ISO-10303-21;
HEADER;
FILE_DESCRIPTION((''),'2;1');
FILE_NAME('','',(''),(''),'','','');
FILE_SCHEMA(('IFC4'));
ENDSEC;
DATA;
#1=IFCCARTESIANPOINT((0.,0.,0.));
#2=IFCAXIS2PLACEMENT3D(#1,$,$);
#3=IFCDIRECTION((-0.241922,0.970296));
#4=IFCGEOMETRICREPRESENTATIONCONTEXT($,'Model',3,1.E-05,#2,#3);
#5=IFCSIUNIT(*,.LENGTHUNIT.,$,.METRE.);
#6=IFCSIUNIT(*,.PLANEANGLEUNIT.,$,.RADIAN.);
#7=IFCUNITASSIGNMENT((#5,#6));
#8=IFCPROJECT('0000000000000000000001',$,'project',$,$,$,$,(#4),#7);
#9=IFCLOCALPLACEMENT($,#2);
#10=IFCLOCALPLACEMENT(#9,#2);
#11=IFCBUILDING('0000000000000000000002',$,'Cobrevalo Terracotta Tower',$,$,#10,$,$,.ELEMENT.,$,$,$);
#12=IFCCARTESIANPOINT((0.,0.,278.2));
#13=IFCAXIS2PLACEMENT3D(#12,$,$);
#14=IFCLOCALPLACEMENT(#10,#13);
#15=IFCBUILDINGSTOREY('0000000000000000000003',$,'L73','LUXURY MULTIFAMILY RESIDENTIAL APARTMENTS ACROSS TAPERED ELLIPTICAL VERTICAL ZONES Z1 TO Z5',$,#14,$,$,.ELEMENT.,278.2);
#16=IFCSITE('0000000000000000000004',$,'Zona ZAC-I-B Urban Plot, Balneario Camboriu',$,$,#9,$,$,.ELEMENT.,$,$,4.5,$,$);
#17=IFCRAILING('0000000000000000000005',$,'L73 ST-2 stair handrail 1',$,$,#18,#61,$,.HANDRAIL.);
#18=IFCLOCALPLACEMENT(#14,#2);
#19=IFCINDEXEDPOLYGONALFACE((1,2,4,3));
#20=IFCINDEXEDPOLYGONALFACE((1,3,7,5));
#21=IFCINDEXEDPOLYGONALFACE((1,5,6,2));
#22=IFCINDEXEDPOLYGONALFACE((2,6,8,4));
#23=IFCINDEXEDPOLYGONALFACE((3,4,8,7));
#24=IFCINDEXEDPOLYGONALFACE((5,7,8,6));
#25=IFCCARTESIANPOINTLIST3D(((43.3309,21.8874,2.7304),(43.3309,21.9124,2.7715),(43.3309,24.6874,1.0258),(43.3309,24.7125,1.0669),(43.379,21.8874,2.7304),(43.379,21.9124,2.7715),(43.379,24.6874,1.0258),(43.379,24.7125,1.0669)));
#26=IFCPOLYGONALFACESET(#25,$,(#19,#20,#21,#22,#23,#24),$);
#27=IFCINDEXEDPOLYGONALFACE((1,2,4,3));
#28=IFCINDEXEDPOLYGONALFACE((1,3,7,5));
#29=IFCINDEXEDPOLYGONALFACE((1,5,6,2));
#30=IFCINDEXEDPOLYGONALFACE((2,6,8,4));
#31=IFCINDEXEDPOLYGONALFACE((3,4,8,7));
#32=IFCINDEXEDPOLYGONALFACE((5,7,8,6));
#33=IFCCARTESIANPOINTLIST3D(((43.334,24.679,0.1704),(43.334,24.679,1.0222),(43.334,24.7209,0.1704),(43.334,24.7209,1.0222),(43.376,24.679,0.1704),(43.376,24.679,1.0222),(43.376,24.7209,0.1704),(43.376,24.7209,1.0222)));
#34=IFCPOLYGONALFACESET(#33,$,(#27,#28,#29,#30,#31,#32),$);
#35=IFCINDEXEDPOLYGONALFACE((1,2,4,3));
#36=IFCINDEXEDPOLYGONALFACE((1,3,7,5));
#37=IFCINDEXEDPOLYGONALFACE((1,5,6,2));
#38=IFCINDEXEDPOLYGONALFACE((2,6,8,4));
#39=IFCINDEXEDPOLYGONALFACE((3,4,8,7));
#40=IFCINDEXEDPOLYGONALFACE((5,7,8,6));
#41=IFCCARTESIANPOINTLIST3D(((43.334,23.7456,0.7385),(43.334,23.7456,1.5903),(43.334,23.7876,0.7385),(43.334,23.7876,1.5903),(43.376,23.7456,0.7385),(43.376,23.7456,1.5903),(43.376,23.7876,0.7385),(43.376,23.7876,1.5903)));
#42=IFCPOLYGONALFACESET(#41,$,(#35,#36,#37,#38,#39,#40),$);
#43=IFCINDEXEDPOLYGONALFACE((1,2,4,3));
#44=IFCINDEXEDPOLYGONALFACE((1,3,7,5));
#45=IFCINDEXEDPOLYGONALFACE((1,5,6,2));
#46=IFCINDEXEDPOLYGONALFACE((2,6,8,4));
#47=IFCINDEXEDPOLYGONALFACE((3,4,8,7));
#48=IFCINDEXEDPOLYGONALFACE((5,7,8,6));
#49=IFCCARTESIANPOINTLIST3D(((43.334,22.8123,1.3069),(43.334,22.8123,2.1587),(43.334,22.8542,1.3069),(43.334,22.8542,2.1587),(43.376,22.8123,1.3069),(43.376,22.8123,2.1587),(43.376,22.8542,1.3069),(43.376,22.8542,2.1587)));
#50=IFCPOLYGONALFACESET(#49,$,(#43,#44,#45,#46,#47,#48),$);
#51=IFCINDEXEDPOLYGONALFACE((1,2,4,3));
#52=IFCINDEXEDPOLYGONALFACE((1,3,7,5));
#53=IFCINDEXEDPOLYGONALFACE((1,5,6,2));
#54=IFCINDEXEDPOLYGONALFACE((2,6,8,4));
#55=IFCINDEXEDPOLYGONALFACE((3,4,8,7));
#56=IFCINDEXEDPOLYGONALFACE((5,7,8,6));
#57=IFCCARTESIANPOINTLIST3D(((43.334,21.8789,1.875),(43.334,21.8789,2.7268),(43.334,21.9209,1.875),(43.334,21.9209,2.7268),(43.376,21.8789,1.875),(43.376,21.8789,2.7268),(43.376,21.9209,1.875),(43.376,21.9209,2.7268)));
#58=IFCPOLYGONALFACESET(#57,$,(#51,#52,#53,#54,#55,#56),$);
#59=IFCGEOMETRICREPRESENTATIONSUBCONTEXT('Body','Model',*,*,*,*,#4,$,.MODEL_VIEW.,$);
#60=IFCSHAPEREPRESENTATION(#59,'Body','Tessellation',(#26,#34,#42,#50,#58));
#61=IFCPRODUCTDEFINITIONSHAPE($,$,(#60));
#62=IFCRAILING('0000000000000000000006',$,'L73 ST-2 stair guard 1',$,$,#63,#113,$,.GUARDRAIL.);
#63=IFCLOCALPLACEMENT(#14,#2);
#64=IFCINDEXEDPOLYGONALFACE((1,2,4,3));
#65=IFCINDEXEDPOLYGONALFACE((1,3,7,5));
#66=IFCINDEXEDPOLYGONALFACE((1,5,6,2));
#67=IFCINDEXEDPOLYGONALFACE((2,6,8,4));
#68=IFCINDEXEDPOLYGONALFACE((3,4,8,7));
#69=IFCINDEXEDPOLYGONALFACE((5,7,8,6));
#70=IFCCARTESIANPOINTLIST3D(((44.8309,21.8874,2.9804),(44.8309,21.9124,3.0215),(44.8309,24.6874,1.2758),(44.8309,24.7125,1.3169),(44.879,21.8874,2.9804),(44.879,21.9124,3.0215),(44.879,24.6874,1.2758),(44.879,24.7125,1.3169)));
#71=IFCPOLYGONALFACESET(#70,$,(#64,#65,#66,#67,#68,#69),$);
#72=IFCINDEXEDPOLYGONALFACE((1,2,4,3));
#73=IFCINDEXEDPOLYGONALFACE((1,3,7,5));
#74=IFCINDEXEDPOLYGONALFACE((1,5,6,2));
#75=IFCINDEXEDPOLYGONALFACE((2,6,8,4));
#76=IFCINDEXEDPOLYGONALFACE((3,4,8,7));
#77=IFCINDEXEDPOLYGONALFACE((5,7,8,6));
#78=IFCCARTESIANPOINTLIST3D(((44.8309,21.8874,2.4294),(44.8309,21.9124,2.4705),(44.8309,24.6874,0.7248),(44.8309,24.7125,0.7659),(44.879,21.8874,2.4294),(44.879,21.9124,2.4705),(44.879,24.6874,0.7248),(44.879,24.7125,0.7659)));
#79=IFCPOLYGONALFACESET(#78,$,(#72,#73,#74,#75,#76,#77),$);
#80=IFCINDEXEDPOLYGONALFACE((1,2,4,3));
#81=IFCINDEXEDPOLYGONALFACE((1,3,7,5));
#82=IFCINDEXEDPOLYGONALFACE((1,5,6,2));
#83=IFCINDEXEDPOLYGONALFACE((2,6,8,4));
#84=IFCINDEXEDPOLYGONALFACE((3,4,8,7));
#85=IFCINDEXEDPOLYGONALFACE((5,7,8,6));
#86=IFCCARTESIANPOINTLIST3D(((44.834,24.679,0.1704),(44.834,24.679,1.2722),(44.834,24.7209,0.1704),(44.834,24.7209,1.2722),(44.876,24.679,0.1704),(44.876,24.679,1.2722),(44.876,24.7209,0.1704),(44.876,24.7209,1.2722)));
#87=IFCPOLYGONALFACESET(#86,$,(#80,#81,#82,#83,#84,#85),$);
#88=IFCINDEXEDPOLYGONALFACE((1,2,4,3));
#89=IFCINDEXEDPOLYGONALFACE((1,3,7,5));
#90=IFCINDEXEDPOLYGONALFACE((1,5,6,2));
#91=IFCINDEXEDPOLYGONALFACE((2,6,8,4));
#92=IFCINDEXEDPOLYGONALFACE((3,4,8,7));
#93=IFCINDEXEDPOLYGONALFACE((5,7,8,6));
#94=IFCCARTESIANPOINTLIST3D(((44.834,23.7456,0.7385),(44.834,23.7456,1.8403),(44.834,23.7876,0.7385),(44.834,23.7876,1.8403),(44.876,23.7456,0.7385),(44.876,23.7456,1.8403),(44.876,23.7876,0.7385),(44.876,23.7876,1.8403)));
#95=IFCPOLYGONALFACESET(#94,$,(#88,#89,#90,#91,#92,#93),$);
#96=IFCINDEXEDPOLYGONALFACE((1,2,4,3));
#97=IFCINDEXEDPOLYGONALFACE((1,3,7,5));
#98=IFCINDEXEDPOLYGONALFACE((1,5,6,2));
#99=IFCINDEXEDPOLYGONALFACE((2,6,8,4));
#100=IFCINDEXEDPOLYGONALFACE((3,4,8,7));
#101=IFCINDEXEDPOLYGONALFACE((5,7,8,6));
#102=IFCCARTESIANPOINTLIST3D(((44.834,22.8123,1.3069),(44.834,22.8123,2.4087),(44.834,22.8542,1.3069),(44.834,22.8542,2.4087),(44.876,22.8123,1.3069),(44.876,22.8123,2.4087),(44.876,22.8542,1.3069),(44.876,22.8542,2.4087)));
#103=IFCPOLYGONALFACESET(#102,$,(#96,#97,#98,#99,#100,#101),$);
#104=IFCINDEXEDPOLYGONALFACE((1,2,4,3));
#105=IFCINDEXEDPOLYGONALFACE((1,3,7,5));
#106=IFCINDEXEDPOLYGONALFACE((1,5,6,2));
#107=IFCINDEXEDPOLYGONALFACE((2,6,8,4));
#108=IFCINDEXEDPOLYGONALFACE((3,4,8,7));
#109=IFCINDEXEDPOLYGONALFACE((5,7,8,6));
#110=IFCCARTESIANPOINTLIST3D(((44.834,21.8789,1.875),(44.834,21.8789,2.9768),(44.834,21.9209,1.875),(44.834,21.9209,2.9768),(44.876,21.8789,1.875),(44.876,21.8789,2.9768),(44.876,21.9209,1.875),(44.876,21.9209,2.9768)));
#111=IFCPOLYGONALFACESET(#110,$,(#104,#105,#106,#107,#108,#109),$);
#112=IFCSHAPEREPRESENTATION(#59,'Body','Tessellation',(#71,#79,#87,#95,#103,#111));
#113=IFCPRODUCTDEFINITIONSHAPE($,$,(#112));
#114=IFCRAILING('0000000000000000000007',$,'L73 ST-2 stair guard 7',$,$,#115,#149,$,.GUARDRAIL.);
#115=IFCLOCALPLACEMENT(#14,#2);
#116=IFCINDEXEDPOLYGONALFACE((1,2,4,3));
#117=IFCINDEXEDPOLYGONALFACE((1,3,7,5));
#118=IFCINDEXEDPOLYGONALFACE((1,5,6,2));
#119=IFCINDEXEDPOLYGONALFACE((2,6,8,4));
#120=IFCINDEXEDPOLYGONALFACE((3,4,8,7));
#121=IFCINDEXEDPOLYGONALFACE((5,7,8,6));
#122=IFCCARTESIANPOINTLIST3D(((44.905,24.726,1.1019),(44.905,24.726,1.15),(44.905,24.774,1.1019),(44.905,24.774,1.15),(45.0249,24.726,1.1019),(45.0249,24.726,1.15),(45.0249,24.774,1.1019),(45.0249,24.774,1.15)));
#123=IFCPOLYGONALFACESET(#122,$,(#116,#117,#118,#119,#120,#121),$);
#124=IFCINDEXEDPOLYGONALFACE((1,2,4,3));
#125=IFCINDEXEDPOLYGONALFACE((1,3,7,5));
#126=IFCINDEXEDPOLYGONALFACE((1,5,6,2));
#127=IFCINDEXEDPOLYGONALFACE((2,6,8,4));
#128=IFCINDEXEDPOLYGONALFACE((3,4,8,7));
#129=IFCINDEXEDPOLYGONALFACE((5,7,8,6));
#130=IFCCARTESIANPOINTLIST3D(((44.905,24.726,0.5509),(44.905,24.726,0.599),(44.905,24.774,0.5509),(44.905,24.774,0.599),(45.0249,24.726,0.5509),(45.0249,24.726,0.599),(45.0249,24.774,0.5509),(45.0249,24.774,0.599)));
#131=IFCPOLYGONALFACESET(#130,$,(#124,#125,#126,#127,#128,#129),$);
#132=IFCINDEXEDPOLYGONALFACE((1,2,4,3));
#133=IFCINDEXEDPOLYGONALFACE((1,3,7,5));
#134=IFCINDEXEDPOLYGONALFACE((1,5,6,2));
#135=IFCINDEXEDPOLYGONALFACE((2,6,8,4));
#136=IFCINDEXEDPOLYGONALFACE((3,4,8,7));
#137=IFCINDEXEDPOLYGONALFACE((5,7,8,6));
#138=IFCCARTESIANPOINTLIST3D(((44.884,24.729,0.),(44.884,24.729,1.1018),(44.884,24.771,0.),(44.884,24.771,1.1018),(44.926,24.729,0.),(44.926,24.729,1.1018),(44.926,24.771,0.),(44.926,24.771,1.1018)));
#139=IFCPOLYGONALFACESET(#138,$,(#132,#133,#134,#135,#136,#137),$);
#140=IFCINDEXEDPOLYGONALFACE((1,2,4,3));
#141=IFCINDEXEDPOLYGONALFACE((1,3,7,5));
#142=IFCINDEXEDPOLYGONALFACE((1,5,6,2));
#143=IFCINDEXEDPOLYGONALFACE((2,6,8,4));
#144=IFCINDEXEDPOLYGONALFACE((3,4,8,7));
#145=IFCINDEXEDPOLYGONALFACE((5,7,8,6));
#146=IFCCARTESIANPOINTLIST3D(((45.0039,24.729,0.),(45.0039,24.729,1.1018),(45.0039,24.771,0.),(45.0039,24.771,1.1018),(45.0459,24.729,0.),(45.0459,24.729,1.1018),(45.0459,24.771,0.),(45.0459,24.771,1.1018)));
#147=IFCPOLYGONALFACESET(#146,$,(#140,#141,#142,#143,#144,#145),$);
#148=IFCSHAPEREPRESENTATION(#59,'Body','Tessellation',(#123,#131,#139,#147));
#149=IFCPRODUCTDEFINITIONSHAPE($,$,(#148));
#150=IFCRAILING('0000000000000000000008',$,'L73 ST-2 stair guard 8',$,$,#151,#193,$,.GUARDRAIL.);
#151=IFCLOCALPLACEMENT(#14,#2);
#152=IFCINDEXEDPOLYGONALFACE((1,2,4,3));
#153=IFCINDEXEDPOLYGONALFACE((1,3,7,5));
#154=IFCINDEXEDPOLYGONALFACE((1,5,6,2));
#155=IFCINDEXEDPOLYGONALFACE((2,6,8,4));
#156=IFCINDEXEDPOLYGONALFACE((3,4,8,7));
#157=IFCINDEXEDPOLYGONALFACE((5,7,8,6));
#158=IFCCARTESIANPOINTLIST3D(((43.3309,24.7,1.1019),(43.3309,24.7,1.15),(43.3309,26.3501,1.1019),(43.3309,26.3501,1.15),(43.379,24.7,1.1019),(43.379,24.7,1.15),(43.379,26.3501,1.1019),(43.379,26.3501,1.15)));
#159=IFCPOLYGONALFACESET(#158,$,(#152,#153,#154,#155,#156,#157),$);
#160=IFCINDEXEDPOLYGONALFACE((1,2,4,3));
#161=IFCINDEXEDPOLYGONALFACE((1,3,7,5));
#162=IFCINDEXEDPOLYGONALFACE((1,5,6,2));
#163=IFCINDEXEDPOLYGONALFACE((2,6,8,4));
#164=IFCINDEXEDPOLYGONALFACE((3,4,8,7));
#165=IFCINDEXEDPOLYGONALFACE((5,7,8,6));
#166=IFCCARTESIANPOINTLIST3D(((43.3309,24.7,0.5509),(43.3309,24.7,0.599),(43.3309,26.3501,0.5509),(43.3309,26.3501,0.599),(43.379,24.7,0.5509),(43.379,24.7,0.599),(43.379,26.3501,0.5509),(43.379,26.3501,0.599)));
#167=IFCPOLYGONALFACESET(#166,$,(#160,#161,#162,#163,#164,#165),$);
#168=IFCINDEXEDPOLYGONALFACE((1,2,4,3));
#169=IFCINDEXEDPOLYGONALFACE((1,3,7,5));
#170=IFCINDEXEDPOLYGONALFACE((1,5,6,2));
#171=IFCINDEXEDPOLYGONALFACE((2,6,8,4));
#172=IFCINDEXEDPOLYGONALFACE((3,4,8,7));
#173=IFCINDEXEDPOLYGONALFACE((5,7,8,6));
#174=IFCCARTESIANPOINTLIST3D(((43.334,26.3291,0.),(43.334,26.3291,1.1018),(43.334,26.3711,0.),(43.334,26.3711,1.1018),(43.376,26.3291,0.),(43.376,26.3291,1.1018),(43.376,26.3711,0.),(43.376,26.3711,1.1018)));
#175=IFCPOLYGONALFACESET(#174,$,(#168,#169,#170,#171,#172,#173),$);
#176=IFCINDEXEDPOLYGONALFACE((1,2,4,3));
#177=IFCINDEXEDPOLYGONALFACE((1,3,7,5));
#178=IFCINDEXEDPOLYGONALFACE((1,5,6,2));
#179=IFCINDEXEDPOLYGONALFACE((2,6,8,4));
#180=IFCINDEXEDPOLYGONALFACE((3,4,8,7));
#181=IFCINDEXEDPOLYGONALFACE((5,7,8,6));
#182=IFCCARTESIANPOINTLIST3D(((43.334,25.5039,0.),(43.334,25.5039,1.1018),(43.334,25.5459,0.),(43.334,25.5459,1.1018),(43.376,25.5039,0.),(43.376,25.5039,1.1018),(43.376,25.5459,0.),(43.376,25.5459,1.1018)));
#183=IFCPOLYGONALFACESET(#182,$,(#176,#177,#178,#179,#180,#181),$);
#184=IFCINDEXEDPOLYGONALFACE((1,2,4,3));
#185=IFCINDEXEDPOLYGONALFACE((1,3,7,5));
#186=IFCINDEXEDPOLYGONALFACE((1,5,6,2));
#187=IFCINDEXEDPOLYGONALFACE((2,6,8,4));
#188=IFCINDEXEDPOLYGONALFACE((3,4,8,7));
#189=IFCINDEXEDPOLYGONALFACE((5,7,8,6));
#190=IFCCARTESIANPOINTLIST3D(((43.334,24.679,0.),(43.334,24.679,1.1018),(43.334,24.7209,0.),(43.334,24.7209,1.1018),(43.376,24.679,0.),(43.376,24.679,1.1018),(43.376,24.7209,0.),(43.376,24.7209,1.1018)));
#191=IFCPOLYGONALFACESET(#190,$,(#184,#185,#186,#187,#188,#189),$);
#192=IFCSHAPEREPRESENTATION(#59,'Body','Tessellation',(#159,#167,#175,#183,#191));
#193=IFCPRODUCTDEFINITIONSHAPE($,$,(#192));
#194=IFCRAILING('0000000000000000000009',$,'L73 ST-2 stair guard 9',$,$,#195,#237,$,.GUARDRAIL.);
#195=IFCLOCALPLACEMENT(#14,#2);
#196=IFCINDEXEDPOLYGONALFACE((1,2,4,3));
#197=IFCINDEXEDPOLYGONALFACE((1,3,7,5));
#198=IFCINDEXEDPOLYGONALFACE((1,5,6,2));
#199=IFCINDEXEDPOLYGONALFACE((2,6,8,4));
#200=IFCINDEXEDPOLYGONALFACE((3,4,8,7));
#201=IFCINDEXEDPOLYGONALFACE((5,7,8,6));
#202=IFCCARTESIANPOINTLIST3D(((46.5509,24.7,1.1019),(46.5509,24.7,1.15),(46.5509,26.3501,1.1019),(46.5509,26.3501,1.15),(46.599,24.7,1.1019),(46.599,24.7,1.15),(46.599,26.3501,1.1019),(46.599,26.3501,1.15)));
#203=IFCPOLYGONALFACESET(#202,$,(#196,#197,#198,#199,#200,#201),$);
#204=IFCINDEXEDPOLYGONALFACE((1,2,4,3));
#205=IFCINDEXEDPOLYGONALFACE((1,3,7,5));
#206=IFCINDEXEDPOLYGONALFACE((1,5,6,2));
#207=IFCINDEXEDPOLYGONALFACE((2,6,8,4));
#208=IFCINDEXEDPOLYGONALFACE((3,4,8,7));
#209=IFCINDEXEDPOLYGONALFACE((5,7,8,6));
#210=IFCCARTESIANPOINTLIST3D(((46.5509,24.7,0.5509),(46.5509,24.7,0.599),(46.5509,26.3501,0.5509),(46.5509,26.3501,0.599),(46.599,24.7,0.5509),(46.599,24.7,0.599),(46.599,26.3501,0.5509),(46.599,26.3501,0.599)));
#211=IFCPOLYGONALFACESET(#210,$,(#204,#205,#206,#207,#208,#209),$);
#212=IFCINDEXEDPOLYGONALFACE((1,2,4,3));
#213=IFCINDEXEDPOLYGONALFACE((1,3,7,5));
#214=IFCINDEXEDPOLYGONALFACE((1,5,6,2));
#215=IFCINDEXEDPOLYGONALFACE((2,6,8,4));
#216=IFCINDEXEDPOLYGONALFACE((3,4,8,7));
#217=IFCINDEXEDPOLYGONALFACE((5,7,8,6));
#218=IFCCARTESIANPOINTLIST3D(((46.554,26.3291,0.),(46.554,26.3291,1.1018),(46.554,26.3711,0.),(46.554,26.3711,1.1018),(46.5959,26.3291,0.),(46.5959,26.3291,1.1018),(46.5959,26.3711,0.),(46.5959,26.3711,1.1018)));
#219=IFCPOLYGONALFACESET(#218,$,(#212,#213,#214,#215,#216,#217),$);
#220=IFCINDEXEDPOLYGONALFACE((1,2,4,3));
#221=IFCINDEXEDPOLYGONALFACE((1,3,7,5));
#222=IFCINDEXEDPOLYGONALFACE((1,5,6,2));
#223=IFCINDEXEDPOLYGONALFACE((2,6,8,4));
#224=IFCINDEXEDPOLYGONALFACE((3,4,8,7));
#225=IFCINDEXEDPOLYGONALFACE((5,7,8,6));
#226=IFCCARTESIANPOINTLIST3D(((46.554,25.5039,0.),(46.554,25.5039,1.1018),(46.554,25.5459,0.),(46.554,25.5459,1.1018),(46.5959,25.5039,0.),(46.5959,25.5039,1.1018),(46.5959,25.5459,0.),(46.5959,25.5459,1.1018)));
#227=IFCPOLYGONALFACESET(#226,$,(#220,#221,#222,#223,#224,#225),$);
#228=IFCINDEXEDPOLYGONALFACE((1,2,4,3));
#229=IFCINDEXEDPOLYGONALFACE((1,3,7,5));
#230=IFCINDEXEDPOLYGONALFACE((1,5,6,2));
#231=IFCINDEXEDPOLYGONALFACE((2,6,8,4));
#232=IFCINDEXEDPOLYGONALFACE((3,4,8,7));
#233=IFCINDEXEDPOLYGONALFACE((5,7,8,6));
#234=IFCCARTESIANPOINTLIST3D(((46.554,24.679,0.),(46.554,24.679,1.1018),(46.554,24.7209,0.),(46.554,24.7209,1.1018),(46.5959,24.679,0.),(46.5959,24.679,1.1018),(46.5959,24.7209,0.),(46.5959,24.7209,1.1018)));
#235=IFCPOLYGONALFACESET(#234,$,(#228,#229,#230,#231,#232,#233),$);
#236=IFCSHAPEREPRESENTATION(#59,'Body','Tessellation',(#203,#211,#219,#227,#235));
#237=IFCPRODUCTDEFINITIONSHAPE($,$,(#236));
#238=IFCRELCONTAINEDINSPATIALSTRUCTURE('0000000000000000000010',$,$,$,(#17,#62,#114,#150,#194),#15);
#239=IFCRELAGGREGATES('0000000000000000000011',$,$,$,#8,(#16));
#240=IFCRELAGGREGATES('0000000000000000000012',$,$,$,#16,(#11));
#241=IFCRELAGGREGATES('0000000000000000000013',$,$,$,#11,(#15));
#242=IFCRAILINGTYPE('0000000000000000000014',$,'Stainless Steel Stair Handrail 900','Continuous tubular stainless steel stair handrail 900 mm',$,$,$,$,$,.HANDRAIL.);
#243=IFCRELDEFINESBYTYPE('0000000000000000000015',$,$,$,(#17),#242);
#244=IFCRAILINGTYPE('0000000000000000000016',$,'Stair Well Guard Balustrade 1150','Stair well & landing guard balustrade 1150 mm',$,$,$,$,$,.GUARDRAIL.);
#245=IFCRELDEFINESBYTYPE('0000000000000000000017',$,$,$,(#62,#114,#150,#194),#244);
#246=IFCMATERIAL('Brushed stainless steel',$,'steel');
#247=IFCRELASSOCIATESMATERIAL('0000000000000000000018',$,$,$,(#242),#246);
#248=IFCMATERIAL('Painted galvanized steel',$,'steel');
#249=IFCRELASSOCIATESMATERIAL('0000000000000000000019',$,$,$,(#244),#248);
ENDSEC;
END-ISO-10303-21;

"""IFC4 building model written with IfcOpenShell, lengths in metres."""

from ifc_helpers import new_model, si_unit, direction, frame, origin, origin_2d, place, context, subcontext, project, spatial, rectangle, extrude, material, type_object, element, save


model = new_model("IFC4")

# Units and contexts
model_context = context("Model", 3, precision=1e-05, world=origin(), true_north=direction((-0.241922, 0.970296)))
body_context = subcontext(model_context, "Body", "Model", "MODEL_VIEW")
ifc_project = project(units=[si_unit("LENGTHUNIT", "METRE"), si_unit("PLANEANGLEUNIT", "RADIAN")], contexts=[model_context])

# Site, building, storey
site_placement = place(None, origin())
site = spatial("IfcSite", under=ifc_project, at=site_placement, Name="Zona ZAC-I-B Urban Plot, Balneario Camboriu", CompositionType="ELEMENT", RefElevation=4.5)
building_placement = place(site_placement, origin())
building = spatial("IfcBuilding", under=site, at=building_placement, Name="Cobrevalo Terracotta Tower", CompositionType="ELEMENT")
storey_placement = place(building_placement, frame((0.0, 0.0, 278.2)))
storey = spatial("IfcBuildingStorey", under=building, at=storey_placement, Name="L73", Description="LUXURY MULTIFAMILY RESIDENTIAL APARTMENTS ACROSS TAPERED ELLIPTICAL VERTICAL ZONES Z1 TO Z5", CompositionType="ELEMENT", Elevation=278.2)

# Shared definitions
ifc_material_1 = material(Name="Brushed stainless steel", Category="steel")

# Railings
railing_type_1 = type_object("IfcRailingType", Name="Stainless Steel Stair Handrail 900", Description="Continuous tubular stainless steel stair handrail 900 mm", PredefinedType="HANDRAIL", material=ifc_material_1)
railing_1_placement = place(storey_placement, frame((43.355, 24.7, 0.1704)))
element("IfcRailing", 1, at=railing_1_placement, inside=storey, type_object=railing_type_1, Name="L73 ST-2 stair handrail 1", PredefinedType="HANDRAIL", context=body_context, shape_type="SweptSolid", body=[
    extrude(rectangle(XDim=0.0481, YDim=0.0481, at=origin_2d()), frame((0.0, 0.0, 0.876), z_axis=(0.0, -0.85417, 0.519994), x_axis=(1.0, 0.0, 0.0)), (0.0, 0.0, 1.0), 3.2781),
    extrude(rectangle(XDim=0.042, YDim=0.042, at=origin_2d()), origin(), (0.0, 0.0, 1.0), 0.8518),
    extrude(rectangle(XDim=0.042, YDim=0.042, at=origin_2d()), frame((0.0, -0.9333, 0.5681)), (0.0, 0.0, 1.0), 0.8518),
    extrude(rectangle(XDim=0.042, YDim=0.042, at=origin_2d()), frame((0.0, -1.8667, 1.1365)), (0.0, 0.0, 1.0), 0.8518),
    extrude(rectangle(XDim=0.042, YDim=0.042, at=origin_2d()), frame((0.0, -2.8, 1.7046)), (0.0, 0.0, 1.0), 0.8518),
])
ifc_material_2 = material(Name="Painted galvanized steel", Category="steel")
railing_type_2 = type_object("IfcRailingType", Name="Stair Well Guard Balustrade 1150", Description="Stair well & landing guard balustrade 1150 mm", PredefinedType="GUARDRAIL", material=ifc_material_2)
railing_2_placement = place(storey_placement, frame((44.855, 24.7, 0.1704)))
element("IfcRailing", 2, at=railing_2_placement, inside=storey, type_object=railing_type_2, Name="L73 ST-2 stair guard 1", PredefinedType="GUARDRAIL", context=body_context, shape_type="SweptSolid", body=[
    extrude(rectangle(XDim=0.0481, YDim=0.0481, at=origin_2d()), frame((0.0, 0.0, 1.126), z_axis=(0.0, -0.85417, 0.519994), x_axis=(1.0, 0.0, 0.0)), (0.0, 0.0, 1.0), 3.2781),
    extrude(rectangle(XDim=0.0481, YDim=0.0481, at=origin_2d()), frame((0.0, 0.0, 0.575), z_axis=(0.0, -0.85417, 0.519994), x_axis=(1.0, 0.0, 0.0)), (0.0, 0.0, 1.0), 3.2781),
    extrude(rectangle(XDim=0.042, YDim=0.042, at=origin_2d()), origin(), (0.0, 0.0, 1.0), 1.1018),
    extrude(rectangle(XDim=0.042, YDim=0.042, at=origin_2d()), frame((0.0, -0.9333, 0.5681)), (0.0, 0.0, 1.0), 1.1018),
    extrude(rectangle(XDim=0.042, YDim=0.042, at=origin_2d()), frame((0.0, -1.8667, 1.1365)), (0.0, 0.0, 1.0), 1.1018),
    extrude(rectangle(XDim=0.042, YDim=0.042, at=origin_2d()), frame((0.0, -2.8, 1.7046)), (0.0, 0.0, 1.0), 1.1018),
])
railing_3_placement = place(storey_placement, frame((44.905, 24.75, 0.0)))
element("IfcRailing", 3, at=railing_3_placement, inside=storey, type_object=railing_type_2, Name="L73 ST-2 stair guard 7", PredefinedType="GUARDRAIL", context=body_context, shape_type="SweptSolid", body=[
    extrude(rectangle(XDim=0.0481, YDim=0.0481, at=origin_2d()), frame((0.0, 0.0, 1.126), z_axis=(1.0, 0.0, 0.0), x_axis=(0.0, 1.0, 0.0)), (0.0, 0.0, 1.0), 0.1199),
    extrude(rectangle(XDim=0.0481, YDim=0.0481, at=origin_2d()), frame((0.0, 0.0, 0.575), z_axis=(1.0, 0.0, 0.0), x_axis=(0.0, 1.0, 0.0)), (0.0, 0.0, 1.0), 0.1199),
    extrude(rectangle(XDim=0.042, YDim=0.042, at=origin_2d()), origin(), (0.0, 0.0, 1.0), 1.1018),
    extrude(rectangle(XDim=0.042, YDim=0.042, at=origin_2d()), frame((0.1199, 0.0, 0.0)), (0.0, 0.0, 1.0), 1.1018),
])
for number, where, name in (
    (4, (43.355, 26.3501, 0.0), "L73 ST-2 stair guard 8"),
    (5, (46.575, 26.3501, 0.0), "L73 ST-2 stair guard 9"),
):
    element("IfcRailing", number, at=place(storey_placement, frame(where)), inside=storey, type_object=railing_type_2, Name=name, PredefinedType="GUARDRAIL", context=body_context, shape_type="SweptSolid", body=[
        extrude(rectangle(XDim=0.0481, YDim=0.0481, at=origin_2d()), frame((0.0, 0.0, 1.126), z_axis=(0.0, -1.0, 0.0), x_axis=(1.0, 0.0, 0.0)), (0.0, 0.0, 1.0), 1.6501),
        extrude(rectangle(XDim=0.0481, YDim=0.0481, at=origin_2d()), frame((0.0, 0.0, 0.575), z_axis=(0.0, -1.0, 0.0), x_axis=(1.0, 0.0, 0.0)), (0.0, 0.0, 1.0), 1.6501),
        extrude(rectangle(XDim=0.042, YDim=0.042, at=origin_2d()), origin(), (0.0, 0.0, 1.0), 1.1018),
        extrude(rectangle(XDim=0.042, YDim=0.042, at=origin_2d()), frame((0.0, -0.8252, 0.0)), (0.0, 0.0, 1.0), 1.1018),
        extrude(rectangle(XDim=0.042, YDim=0.042, at=origin_2d()), frame((0.0, -1.6501, 0.0)), (0.0, 0.0, 1.0), 1.1018),
    ])

save(model, "model.ifc")
